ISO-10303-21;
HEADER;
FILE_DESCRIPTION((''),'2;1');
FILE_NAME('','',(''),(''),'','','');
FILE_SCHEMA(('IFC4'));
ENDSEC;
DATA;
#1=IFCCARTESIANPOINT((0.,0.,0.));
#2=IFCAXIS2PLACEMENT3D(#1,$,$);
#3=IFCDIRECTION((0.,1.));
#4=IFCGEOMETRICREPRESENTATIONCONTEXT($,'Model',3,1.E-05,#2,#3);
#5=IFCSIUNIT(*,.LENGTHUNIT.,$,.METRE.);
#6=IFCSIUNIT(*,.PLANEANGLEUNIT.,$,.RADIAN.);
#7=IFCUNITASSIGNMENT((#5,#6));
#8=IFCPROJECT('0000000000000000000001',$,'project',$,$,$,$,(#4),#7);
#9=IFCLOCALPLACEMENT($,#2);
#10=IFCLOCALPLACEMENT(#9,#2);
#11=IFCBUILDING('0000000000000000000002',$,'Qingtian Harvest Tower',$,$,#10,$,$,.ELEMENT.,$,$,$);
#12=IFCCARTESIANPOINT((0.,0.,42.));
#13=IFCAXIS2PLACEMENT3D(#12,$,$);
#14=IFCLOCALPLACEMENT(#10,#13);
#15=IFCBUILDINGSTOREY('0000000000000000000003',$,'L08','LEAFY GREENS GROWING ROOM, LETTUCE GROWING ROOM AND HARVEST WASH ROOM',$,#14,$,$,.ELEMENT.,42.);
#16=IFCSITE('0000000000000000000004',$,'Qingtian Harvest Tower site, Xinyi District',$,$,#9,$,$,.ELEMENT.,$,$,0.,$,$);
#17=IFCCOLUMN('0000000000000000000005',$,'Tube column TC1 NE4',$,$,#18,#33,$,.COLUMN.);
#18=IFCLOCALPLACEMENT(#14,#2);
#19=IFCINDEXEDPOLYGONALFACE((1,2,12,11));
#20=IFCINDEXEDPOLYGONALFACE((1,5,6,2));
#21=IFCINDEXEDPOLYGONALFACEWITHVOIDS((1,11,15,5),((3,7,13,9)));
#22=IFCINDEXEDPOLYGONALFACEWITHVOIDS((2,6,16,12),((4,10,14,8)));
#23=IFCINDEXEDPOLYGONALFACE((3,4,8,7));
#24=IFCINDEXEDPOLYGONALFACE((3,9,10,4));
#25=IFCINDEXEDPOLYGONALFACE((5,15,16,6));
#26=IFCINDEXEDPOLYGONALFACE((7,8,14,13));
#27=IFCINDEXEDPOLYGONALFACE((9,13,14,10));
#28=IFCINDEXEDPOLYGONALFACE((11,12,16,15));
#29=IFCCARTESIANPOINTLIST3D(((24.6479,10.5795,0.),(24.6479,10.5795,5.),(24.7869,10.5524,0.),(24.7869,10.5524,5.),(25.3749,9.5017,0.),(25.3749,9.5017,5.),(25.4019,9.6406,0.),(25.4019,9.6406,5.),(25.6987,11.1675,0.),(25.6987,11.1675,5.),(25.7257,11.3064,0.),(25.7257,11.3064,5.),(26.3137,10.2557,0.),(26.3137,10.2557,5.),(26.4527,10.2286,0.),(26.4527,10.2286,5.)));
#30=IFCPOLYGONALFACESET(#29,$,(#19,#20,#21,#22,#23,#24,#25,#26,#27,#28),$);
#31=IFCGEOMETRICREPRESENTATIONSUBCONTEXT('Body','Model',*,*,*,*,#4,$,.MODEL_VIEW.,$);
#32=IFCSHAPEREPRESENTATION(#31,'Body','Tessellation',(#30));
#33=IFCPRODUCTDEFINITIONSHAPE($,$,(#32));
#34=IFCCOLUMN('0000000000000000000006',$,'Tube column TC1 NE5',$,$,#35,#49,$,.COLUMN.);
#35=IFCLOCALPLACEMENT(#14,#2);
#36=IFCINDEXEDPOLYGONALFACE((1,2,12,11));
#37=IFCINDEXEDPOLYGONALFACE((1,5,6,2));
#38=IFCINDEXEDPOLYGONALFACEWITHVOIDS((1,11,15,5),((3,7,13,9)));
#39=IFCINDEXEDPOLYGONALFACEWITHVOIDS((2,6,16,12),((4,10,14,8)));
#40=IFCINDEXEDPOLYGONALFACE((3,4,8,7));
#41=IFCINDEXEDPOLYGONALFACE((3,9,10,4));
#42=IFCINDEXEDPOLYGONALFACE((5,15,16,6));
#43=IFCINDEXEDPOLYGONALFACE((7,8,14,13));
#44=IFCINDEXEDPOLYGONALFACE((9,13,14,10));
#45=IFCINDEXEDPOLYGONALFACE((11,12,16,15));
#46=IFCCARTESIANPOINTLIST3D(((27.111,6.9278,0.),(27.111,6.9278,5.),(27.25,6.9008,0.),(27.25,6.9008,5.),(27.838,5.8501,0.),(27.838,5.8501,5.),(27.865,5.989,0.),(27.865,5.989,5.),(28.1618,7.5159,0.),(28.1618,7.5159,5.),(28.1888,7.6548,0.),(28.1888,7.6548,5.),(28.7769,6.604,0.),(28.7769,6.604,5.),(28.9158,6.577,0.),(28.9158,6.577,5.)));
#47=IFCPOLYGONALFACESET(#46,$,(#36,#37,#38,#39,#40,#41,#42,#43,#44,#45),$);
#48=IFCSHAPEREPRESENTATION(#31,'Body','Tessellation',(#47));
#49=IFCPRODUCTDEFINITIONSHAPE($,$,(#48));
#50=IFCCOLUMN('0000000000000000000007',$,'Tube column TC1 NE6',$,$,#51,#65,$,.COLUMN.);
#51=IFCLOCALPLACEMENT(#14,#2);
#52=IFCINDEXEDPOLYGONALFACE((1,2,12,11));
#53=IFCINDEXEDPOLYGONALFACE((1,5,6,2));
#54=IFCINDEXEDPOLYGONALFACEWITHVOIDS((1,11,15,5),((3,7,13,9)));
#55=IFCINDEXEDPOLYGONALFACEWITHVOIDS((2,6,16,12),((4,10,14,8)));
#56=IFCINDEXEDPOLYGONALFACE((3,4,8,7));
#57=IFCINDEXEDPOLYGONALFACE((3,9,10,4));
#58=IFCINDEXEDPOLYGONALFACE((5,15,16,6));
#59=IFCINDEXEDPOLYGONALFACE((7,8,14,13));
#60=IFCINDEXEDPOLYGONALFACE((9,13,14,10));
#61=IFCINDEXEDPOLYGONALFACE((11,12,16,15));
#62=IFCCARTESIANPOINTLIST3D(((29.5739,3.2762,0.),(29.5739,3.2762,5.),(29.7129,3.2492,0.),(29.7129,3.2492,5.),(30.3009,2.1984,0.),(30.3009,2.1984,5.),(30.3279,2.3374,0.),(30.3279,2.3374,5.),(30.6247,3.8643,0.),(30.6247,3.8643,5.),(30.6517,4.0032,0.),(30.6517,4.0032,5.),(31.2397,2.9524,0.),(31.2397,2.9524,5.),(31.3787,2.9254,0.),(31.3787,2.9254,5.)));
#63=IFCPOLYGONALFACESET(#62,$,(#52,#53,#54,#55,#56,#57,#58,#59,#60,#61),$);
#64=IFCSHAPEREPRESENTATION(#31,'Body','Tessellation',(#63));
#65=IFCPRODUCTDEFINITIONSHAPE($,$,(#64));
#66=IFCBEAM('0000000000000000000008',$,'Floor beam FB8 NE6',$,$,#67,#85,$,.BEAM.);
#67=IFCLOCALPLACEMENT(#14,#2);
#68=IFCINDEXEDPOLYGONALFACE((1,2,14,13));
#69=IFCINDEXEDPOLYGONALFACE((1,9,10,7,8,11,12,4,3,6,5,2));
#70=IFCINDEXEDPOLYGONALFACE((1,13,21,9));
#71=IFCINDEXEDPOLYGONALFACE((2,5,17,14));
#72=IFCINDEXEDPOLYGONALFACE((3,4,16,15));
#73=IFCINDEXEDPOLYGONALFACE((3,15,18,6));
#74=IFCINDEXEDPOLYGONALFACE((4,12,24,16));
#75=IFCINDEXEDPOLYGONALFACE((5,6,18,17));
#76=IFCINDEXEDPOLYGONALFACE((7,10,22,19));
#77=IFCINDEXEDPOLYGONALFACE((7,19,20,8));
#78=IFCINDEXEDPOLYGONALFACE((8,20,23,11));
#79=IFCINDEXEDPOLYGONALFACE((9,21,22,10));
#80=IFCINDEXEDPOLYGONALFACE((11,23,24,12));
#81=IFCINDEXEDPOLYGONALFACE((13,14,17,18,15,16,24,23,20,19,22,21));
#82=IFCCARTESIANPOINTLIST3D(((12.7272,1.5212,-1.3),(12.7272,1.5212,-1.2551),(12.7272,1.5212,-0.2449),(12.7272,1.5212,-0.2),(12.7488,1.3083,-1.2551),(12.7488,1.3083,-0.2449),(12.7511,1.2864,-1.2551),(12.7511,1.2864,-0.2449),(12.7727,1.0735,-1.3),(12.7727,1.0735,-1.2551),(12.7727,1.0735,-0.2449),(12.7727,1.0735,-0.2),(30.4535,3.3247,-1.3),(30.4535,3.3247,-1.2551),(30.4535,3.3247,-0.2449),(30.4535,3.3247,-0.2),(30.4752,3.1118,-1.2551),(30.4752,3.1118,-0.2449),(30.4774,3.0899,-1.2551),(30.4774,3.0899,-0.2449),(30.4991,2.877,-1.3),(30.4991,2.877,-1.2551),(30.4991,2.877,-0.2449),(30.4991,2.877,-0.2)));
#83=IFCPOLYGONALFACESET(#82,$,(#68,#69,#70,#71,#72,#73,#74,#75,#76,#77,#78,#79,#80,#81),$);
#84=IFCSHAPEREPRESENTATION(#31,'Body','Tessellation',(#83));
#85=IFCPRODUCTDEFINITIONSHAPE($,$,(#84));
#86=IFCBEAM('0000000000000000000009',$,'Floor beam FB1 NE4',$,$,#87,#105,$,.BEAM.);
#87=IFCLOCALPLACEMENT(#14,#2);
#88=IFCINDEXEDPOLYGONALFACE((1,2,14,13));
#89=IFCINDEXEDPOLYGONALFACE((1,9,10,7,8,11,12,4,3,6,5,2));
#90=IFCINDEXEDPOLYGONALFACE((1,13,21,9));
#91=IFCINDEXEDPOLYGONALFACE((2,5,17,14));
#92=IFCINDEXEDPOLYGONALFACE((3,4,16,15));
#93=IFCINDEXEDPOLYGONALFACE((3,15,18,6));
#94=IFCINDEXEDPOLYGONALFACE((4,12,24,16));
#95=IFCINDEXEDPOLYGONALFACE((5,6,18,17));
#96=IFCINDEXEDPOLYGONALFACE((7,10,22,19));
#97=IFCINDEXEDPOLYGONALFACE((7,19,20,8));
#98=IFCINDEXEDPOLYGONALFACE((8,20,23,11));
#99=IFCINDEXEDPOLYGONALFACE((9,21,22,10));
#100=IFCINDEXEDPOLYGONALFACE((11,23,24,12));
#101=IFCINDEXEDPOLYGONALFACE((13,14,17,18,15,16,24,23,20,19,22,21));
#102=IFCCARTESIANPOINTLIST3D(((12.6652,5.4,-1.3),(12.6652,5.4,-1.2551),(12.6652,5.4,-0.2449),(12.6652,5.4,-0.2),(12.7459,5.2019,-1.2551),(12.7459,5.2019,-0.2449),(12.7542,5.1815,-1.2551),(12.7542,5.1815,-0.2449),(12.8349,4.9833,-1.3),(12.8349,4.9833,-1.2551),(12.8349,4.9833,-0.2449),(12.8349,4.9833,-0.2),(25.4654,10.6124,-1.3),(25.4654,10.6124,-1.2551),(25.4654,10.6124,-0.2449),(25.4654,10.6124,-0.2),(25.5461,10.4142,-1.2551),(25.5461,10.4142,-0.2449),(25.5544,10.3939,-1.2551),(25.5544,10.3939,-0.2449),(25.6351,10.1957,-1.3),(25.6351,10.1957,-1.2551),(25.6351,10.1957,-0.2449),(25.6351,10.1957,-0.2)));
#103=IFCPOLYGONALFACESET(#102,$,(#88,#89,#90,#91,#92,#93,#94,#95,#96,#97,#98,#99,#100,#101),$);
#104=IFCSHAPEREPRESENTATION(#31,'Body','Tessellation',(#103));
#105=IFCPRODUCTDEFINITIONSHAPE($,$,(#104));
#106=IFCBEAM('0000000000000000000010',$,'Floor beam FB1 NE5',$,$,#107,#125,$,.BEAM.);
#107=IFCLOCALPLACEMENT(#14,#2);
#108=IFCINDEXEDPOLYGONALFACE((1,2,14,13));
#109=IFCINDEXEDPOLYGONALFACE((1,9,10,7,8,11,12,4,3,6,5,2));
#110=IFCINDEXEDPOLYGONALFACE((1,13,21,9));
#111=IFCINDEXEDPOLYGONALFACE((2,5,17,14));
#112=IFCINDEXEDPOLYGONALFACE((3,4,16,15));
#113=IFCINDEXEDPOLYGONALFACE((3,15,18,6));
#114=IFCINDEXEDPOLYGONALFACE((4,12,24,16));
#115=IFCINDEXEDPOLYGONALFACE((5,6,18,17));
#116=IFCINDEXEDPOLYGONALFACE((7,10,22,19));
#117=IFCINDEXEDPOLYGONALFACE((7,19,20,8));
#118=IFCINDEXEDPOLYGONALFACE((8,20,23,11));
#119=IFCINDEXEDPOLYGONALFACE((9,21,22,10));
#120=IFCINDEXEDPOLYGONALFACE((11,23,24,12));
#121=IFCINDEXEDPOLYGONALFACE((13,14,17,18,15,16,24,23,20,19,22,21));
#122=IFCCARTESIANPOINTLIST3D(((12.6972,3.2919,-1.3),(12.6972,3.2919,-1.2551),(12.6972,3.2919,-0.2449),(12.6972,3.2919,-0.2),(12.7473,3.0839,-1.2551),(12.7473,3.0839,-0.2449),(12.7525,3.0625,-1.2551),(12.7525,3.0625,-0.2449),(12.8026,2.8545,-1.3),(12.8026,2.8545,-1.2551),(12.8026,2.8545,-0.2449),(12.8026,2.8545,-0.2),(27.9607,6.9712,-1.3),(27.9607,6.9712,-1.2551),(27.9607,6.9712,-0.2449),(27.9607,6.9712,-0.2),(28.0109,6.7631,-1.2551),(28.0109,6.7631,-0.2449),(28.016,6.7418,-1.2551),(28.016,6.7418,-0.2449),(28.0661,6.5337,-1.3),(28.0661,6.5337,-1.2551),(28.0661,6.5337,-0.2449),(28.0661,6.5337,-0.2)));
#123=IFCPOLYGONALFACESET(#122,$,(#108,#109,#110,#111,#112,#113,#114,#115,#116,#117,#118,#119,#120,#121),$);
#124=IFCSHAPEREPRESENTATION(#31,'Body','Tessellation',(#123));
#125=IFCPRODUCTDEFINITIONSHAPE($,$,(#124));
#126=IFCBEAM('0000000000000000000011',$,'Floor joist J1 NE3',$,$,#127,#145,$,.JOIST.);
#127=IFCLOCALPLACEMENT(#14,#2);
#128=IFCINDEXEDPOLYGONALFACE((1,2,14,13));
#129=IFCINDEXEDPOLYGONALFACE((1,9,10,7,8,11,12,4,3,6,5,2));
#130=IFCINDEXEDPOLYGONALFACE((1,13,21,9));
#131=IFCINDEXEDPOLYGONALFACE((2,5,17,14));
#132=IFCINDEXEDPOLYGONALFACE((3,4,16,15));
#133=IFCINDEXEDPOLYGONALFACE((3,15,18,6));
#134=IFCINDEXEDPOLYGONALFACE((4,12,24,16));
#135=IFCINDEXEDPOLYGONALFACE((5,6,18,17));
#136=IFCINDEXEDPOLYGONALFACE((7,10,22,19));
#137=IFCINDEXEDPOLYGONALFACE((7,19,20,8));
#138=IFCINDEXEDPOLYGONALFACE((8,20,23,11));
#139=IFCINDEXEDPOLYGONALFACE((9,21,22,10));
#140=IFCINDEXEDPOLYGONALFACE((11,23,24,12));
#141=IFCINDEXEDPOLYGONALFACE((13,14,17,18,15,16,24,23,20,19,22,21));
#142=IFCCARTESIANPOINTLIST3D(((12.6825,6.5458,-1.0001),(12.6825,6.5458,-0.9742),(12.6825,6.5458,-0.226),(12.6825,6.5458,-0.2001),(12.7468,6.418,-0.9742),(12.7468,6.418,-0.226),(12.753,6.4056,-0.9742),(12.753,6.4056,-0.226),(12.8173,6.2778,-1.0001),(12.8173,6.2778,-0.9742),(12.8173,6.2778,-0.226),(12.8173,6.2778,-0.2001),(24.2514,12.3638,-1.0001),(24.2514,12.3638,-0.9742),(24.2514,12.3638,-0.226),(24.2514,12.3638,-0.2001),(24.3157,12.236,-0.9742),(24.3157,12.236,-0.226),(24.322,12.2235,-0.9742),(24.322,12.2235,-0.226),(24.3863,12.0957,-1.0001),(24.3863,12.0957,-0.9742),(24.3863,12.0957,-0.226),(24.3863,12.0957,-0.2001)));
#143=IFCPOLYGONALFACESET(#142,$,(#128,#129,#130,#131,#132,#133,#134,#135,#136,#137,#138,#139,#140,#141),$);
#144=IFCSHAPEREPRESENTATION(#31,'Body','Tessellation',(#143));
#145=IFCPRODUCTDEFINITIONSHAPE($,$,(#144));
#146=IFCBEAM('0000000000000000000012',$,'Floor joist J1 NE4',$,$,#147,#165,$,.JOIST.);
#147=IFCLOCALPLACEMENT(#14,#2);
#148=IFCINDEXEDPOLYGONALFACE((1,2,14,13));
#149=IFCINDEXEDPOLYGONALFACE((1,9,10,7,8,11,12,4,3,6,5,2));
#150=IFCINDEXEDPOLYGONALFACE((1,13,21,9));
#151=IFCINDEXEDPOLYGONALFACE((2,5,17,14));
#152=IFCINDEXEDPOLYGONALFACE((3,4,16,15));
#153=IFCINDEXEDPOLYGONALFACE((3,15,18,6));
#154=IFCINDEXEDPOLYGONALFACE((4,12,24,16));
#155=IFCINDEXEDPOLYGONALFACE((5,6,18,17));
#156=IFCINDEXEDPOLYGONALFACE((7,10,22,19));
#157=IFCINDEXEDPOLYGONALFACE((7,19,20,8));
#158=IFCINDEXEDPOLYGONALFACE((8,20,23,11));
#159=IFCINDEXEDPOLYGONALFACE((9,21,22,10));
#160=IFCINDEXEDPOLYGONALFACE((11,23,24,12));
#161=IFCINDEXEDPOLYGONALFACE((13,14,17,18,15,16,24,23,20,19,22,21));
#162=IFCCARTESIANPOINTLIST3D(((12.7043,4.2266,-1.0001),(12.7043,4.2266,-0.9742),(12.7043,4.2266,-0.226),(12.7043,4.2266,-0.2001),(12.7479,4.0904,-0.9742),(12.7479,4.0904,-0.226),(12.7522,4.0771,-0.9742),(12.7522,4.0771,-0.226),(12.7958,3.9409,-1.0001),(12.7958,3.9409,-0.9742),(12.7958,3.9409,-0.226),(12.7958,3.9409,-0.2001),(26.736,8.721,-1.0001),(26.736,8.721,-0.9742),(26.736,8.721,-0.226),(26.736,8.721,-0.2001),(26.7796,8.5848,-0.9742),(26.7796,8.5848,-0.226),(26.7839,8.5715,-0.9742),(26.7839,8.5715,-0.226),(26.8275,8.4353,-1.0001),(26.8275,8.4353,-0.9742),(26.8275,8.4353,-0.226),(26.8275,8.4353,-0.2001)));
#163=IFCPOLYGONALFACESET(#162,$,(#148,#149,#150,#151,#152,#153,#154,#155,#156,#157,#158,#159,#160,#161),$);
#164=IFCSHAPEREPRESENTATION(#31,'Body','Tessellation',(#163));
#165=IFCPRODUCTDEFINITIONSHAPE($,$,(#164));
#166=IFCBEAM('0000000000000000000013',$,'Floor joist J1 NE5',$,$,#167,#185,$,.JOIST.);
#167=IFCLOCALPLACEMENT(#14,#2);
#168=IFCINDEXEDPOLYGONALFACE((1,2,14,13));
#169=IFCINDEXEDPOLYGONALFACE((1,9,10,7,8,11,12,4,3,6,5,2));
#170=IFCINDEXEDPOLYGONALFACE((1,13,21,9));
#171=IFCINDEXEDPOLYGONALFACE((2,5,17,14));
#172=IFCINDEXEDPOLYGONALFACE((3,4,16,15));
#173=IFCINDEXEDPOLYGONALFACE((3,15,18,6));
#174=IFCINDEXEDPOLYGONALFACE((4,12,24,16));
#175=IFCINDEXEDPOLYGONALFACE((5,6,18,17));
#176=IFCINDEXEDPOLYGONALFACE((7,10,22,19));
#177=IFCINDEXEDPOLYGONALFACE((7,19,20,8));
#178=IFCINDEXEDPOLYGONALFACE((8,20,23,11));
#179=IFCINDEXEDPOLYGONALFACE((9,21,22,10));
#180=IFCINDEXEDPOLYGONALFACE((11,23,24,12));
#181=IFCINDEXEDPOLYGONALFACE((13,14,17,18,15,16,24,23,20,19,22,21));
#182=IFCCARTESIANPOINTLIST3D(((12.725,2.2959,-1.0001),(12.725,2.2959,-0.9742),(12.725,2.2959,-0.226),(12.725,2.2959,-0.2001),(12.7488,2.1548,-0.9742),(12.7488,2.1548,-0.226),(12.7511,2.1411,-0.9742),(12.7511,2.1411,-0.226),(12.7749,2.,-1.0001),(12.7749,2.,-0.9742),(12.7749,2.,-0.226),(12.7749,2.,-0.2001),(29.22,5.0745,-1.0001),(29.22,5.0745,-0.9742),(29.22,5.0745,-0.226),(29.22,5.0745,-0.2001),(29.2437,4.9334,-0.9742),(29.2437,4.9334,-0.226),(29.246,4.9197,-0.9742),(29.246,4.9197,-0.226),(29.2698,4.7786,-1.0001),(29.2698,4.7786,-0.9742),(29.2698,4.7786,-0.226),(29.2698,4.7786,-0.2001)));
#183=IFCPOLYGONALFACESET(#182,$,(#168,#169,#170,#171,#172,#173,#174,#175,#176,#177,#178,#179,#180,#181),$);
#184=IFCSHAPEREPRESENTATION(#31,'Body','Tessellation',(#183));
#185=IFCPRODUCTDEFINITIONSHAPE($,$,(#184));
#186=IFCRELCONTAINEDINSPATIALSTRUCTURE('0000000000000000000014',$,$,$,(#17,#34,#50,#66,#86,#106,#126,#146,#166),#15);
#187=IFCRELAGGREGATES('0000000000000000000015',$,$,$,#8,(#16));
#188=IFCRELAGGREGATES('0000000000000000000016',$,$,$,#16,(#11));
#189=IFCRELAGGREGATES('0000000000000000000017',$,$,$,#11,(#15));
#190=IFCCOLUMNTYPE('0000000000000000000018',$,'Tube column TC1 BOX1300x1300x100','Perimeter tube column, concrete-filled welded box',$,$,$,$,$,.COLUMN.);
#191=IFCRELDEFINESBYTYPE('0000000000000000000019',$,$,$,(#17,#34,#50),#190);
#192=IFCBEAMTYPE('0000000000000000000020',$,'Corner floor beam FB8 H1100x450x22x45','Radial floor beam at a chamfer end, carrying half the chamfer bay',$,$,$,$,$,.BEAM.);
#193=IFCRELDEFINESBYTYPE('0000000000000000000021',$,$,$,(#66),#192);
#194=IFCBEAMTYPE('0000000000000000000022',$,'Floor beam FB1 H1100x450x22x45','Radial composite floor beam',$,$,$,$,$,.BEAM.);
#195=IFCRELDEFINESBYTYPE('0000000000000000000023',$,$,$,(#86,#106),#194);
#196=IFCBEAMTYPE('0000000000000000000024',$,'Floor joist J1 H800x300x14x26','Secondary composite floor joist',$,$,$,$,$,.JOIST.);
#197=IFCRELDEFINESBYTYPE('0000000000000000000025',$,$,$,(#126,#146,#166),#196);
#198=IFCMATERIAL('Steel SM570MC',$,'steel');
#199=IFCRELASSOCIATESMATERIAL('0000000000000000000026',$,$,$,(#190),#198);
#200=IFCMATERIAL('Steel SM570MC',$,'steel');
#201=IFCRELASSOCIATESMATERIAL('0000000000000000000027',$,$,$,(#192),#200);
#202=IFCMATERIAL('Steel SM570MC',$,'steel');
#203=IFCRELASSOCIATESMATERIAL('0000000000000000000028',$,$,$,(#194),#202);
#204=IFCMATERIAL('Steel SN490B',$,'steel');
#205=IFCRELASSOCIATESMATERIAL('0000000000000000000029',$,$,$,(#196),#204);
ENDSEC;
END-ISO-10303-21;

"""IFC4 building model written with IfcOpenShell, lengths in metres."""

from ifc_helpers import new_model, si_unit, direction, frame, origin, origin_2d, place, context, subcontext, project, spatial, hollow_rectangle, i_section, extrude, material, material_profile, profile_set, type_object, element, save


model = new_model("IFC4")

# Units and contexts
model_context = context("Model", 3, precision=1e-05, world=origin(), true_north=direction((0.0, 1.0)))
body_context = subcontext(model_context, "Body", "Model", "MODEL_VIEW")
ifc_project = project(units=[si_unit("LENGTHUNIT", "METRE"), si_unit("PLANEANGLEUNIT", "RADIAN")], contexts=[model_context])

# Site, building, storey
site_placement = place(None, origin())
site = spatial("IfcSite", under=ifc_project, at=site_placement, Name="Qingtian Harvest Tower site, Xinyi District", CompositionType="ELEMENT", RefElevation=0.0)
building_placement = place(site_placement, origin())
building = spatial("IfcBuilding", under=site, at=building_placement, Name="Qingtian Harvest Tower", CompositionType="ELEMENT")
storey_placement = place(building_placement, frame((0.0, 0.0, 42.0)))
storey = spatial("IfcBuildingStorey", under=building, at=storey_placement, Name="L08", Description="LEAFY GREENS GROWING ROOM, LETTUCE GROWING ROOM AND HARVEST WASH ROOM", CompositionType="ELEMENT", Elevation=42.0)

# Columns
ifc_material_1 = material(Name="Steel SM570MC", Category="steel")
ifc_material_profile_1 = material_profile(ifc_material_1, hollow_rectangle(XDim=1.3, YDim=1.3, WallThickness=0.1001, at=origin_2d()), Name="BOX1300x1300x100")
ifc_profile_set_1 = profile_set([ifc_material_profile_1], Name="Steel SM570MC")
column_type = type_object("IfcColumnType", Name="Tube column TC1 BOX1300x1300x100", Description="Perimeter tube column, concrete-filled welded box", PredefinedType="COLUMN", material=ifc_profile_set_1)
for number, where, z_axis, x_axis, name in (
    (1, (25.5503, 10.4041, 0.0), (0.0, 0.0, 1.0), (-0.559193, 0.829038, 0.0), "Tube column TC1 NE4"),
    (2, (28.0134, 6.7524, 0.0), (0.0, 0.0, 1.0), (-0.559193, 0.829038, 0.0), "Tube column TC1 NE5"),
    (3, (30.4763, 3.1008, 0.0), (0.0, 0.0, 1.0), (-0.559193, 0.829038, 0.0), "Tube column TC1 NE6"),
):
    element("IfcColumn", number, at=place(storey_placement, frame(where, z_axis=z_axis, x_axis=x_axis)), inside=storey, type_object=column_type, Name=name, PredefinedType="COLUMN", context=body_context, shape_type="SweptSolid", body=[
        extrude(hollow_rectangle(XDim=1.3, YDim=1.3, WallThickness=0.1001, at=origin_2d()), origin(), (0.0, 0.0, 1.0), 5.0),
    ])

# Beams
ifc_material_2 = material(Name="Steel SM570MC", Category="steel")
ifc_material_profile_2 = material_profile(ifc_material_2, i_section(OverallWidth=0.45, OverallDepth=1.1001, WebThickness=0.022, FlangeThickness=0.0449, at=origin_2d()), Name="H1100x450x22x45")
ifc_profile_set_2 = profile_set([ifc_material_profile_2], Name="Steel SM570MC")
beam_type_1 = type_object("IfcBeamType", Name="Corner floor beam FB8 H1100x450x22x45", Description="Radial floor beam at a chamfer end, carrying half the chamfer bay", PredefinedType="BEAM", material=ifc_profile_set_2)
beam_1_placement = place(storey_placement, frame((30.4763, 3.1008, -0.75), z_axis=(-0.994864, -0.101217, 0.0), x_axis=(0.101217, -0.994864, 0.0)))
element("IfcBeam", 4, at=beam_1_placement, inside=storey, type_object=beam_type_1, Name="Floor beam FB8 NE6", PredefinedType="BEAM", context=body_context, shape_type="SweptSolid", body=[
    extrude(i_section(OverallWidth=0.45, OverallDepth=1.1001, WebThickness=0.022, FlangeThickness=0.0449, at=origin_2d()), origin(), (0.0, 0.0, 1.0), 17.8179),
])
ifc_material_3 = material(Name="Steel SM570MC", Category="steel")
ifc_material_profile_3 = material_profile(ifc_material_3, i_section(OverallWidth=0.45, OverallDepth=1.1001, WebThickness=0.022, FlangeThickness=0.0449, at=origin_2d()), Name="H1100x450x22x45")
ifc_profile_set_3 = profile_set([ifc_material_profile_3], Name="Steel SM570MC")
beam_type_2 = type_object("IfcBeamType", Name="Floor beam FB1 H1100x450x22x45", Description="Radial composite floor beam", PredefinedType="BEAM", material=ifc_profile_set_3)
beam_2_placement = place(storey_placement, frame((25.5503, 10.4041, -0.75), z_axis=(-0.926156, -0.37714, 0.0), x_axis=(0.37714, -0.926156, 0.0)))
element("IfcBeam", 5, at=beam_2_placement, inside=storey, type_object=beam_type_2, Name="Floor beam FB1 NE4", PredefinedType="BEAM", context=body_context, shape_type="SweptSolid", body=[
    extrude(i_section(OverallWidth=0.45, OverallDepth=1.1001, WebThickness=0.022, FlangeThickness=0.0449, at=origin_2d()), origin(), (0.0, 0.0, 1.0), 13.8208),
])
beam_3_placement = place(storey_placement, frame((28.0134, 6.7524, -0.75), z_axis=(-0.972156, -0.234335, 0.0), x_axis=(0.234335, -0.972156, 0.0)))
element("IfcBeam", 6, at=beam_3_placement, inside=storey, type_object=beam_type_2, Name="Floor beam FB1 NE5", PredefinedType="BEAM", context=body_context, shape_type="SweptSolid", body=[
    extrude(i_section(OverallWidth=0.45, OverallDepth=1.1001, WebThickness=0.022, FlangeThickness=0.0449, at=origin_2d()), origin(), (0.0, 0.0, 1.0), 15.7007),
])
ifc_material_4 = material(Name="Steel SN490B", Category="steel")
ifc_material_profile_4 = material_profile(ifc_material_4, i_section(OverallWidth=0.3, OverallDepth=0.8, WebThickness=0.0139, FlangeThickness=0.0259, at=origin_2d()), Name="H800x300x14x26")
ifc_profile_set_4 = profile_set([ifc_material_profile_4], Name="Steel SN490B")
beam_type_3 = type_object("IfcBeamType", Name="Floor joist J1 H800x300x14x26", Description="Secondary composite floor joist", PredefinedType="JOIST", material=ifc_profile_set_4)
beam_4_placement = place(storey_placement, frame((24.3188, 12.2297, -0.6001), z_axis=(-0.893392, -0.449279, 0.0), x_axis=(0.449279, -0.893392, 0.0)))
element("IfcBeam", 7, at=beam_4_placement, inside=storey, type_object=beam_type_3, Name="Floor joist J1 NE3", PredefinedType="JOIST", context=body_context, shape_type="SweptSolid", body=[
    extrude(i_section(OverallWidth=0.3, OverallDepth=0.8, WebThickness=0.0139, FlangeThickness=0.0259, at=origin_2d()), origin(), (0.0, 0.0, 1.0), 12.9495),
])
beam_5_placement = place(storey_placement, frame((26.7817, 8.5781, -0.6001), z_axis=(-0.952341, -0.305036, 0.0), x_axis=(0.305036, -0.952341, 0.0)))
element("IfcBeam", 8, at=beam_5_placement, inside=storey, type_object=beam_type_3, Name="Floor joist J1 NE4", PredefinedType="JOIST", context=body_context, shape_type="SweptSolid", body=[
    extrude(i_section(OverallWidth=0.3, OverallDepth=0.8, WebThickness=0.0139, FlangeThickness=0.0259, at=origin_2d()), origin(), (0.0, 0.0, 1.0), 14.7339),
])
beam_6_placement = place(storey_placement, frame((29.2449, 4.9265, -0.6001), z_axis=(-0.986107, -0.16611, 0.0), x_axis=(0.16611, -0.986107, 0.0)))
element("IfcBeam", 9, at=beam_6_placement, inside=storey, type_object=beam_type_3, Name="Floor joist J1 NE5", PredefinedType="JOIST", context=body_context, shape_type="SweptSolid", body=[
    extrude(i_section(OverallWidth=0.3, OverallDepth=0.8, WebThickness=0.0139, FlangeThickness=0.0259, at=origin_2d()), origin(), (0.0, 0.0, 1.0), 16.7273),
])

save(model, "model.ifc")
